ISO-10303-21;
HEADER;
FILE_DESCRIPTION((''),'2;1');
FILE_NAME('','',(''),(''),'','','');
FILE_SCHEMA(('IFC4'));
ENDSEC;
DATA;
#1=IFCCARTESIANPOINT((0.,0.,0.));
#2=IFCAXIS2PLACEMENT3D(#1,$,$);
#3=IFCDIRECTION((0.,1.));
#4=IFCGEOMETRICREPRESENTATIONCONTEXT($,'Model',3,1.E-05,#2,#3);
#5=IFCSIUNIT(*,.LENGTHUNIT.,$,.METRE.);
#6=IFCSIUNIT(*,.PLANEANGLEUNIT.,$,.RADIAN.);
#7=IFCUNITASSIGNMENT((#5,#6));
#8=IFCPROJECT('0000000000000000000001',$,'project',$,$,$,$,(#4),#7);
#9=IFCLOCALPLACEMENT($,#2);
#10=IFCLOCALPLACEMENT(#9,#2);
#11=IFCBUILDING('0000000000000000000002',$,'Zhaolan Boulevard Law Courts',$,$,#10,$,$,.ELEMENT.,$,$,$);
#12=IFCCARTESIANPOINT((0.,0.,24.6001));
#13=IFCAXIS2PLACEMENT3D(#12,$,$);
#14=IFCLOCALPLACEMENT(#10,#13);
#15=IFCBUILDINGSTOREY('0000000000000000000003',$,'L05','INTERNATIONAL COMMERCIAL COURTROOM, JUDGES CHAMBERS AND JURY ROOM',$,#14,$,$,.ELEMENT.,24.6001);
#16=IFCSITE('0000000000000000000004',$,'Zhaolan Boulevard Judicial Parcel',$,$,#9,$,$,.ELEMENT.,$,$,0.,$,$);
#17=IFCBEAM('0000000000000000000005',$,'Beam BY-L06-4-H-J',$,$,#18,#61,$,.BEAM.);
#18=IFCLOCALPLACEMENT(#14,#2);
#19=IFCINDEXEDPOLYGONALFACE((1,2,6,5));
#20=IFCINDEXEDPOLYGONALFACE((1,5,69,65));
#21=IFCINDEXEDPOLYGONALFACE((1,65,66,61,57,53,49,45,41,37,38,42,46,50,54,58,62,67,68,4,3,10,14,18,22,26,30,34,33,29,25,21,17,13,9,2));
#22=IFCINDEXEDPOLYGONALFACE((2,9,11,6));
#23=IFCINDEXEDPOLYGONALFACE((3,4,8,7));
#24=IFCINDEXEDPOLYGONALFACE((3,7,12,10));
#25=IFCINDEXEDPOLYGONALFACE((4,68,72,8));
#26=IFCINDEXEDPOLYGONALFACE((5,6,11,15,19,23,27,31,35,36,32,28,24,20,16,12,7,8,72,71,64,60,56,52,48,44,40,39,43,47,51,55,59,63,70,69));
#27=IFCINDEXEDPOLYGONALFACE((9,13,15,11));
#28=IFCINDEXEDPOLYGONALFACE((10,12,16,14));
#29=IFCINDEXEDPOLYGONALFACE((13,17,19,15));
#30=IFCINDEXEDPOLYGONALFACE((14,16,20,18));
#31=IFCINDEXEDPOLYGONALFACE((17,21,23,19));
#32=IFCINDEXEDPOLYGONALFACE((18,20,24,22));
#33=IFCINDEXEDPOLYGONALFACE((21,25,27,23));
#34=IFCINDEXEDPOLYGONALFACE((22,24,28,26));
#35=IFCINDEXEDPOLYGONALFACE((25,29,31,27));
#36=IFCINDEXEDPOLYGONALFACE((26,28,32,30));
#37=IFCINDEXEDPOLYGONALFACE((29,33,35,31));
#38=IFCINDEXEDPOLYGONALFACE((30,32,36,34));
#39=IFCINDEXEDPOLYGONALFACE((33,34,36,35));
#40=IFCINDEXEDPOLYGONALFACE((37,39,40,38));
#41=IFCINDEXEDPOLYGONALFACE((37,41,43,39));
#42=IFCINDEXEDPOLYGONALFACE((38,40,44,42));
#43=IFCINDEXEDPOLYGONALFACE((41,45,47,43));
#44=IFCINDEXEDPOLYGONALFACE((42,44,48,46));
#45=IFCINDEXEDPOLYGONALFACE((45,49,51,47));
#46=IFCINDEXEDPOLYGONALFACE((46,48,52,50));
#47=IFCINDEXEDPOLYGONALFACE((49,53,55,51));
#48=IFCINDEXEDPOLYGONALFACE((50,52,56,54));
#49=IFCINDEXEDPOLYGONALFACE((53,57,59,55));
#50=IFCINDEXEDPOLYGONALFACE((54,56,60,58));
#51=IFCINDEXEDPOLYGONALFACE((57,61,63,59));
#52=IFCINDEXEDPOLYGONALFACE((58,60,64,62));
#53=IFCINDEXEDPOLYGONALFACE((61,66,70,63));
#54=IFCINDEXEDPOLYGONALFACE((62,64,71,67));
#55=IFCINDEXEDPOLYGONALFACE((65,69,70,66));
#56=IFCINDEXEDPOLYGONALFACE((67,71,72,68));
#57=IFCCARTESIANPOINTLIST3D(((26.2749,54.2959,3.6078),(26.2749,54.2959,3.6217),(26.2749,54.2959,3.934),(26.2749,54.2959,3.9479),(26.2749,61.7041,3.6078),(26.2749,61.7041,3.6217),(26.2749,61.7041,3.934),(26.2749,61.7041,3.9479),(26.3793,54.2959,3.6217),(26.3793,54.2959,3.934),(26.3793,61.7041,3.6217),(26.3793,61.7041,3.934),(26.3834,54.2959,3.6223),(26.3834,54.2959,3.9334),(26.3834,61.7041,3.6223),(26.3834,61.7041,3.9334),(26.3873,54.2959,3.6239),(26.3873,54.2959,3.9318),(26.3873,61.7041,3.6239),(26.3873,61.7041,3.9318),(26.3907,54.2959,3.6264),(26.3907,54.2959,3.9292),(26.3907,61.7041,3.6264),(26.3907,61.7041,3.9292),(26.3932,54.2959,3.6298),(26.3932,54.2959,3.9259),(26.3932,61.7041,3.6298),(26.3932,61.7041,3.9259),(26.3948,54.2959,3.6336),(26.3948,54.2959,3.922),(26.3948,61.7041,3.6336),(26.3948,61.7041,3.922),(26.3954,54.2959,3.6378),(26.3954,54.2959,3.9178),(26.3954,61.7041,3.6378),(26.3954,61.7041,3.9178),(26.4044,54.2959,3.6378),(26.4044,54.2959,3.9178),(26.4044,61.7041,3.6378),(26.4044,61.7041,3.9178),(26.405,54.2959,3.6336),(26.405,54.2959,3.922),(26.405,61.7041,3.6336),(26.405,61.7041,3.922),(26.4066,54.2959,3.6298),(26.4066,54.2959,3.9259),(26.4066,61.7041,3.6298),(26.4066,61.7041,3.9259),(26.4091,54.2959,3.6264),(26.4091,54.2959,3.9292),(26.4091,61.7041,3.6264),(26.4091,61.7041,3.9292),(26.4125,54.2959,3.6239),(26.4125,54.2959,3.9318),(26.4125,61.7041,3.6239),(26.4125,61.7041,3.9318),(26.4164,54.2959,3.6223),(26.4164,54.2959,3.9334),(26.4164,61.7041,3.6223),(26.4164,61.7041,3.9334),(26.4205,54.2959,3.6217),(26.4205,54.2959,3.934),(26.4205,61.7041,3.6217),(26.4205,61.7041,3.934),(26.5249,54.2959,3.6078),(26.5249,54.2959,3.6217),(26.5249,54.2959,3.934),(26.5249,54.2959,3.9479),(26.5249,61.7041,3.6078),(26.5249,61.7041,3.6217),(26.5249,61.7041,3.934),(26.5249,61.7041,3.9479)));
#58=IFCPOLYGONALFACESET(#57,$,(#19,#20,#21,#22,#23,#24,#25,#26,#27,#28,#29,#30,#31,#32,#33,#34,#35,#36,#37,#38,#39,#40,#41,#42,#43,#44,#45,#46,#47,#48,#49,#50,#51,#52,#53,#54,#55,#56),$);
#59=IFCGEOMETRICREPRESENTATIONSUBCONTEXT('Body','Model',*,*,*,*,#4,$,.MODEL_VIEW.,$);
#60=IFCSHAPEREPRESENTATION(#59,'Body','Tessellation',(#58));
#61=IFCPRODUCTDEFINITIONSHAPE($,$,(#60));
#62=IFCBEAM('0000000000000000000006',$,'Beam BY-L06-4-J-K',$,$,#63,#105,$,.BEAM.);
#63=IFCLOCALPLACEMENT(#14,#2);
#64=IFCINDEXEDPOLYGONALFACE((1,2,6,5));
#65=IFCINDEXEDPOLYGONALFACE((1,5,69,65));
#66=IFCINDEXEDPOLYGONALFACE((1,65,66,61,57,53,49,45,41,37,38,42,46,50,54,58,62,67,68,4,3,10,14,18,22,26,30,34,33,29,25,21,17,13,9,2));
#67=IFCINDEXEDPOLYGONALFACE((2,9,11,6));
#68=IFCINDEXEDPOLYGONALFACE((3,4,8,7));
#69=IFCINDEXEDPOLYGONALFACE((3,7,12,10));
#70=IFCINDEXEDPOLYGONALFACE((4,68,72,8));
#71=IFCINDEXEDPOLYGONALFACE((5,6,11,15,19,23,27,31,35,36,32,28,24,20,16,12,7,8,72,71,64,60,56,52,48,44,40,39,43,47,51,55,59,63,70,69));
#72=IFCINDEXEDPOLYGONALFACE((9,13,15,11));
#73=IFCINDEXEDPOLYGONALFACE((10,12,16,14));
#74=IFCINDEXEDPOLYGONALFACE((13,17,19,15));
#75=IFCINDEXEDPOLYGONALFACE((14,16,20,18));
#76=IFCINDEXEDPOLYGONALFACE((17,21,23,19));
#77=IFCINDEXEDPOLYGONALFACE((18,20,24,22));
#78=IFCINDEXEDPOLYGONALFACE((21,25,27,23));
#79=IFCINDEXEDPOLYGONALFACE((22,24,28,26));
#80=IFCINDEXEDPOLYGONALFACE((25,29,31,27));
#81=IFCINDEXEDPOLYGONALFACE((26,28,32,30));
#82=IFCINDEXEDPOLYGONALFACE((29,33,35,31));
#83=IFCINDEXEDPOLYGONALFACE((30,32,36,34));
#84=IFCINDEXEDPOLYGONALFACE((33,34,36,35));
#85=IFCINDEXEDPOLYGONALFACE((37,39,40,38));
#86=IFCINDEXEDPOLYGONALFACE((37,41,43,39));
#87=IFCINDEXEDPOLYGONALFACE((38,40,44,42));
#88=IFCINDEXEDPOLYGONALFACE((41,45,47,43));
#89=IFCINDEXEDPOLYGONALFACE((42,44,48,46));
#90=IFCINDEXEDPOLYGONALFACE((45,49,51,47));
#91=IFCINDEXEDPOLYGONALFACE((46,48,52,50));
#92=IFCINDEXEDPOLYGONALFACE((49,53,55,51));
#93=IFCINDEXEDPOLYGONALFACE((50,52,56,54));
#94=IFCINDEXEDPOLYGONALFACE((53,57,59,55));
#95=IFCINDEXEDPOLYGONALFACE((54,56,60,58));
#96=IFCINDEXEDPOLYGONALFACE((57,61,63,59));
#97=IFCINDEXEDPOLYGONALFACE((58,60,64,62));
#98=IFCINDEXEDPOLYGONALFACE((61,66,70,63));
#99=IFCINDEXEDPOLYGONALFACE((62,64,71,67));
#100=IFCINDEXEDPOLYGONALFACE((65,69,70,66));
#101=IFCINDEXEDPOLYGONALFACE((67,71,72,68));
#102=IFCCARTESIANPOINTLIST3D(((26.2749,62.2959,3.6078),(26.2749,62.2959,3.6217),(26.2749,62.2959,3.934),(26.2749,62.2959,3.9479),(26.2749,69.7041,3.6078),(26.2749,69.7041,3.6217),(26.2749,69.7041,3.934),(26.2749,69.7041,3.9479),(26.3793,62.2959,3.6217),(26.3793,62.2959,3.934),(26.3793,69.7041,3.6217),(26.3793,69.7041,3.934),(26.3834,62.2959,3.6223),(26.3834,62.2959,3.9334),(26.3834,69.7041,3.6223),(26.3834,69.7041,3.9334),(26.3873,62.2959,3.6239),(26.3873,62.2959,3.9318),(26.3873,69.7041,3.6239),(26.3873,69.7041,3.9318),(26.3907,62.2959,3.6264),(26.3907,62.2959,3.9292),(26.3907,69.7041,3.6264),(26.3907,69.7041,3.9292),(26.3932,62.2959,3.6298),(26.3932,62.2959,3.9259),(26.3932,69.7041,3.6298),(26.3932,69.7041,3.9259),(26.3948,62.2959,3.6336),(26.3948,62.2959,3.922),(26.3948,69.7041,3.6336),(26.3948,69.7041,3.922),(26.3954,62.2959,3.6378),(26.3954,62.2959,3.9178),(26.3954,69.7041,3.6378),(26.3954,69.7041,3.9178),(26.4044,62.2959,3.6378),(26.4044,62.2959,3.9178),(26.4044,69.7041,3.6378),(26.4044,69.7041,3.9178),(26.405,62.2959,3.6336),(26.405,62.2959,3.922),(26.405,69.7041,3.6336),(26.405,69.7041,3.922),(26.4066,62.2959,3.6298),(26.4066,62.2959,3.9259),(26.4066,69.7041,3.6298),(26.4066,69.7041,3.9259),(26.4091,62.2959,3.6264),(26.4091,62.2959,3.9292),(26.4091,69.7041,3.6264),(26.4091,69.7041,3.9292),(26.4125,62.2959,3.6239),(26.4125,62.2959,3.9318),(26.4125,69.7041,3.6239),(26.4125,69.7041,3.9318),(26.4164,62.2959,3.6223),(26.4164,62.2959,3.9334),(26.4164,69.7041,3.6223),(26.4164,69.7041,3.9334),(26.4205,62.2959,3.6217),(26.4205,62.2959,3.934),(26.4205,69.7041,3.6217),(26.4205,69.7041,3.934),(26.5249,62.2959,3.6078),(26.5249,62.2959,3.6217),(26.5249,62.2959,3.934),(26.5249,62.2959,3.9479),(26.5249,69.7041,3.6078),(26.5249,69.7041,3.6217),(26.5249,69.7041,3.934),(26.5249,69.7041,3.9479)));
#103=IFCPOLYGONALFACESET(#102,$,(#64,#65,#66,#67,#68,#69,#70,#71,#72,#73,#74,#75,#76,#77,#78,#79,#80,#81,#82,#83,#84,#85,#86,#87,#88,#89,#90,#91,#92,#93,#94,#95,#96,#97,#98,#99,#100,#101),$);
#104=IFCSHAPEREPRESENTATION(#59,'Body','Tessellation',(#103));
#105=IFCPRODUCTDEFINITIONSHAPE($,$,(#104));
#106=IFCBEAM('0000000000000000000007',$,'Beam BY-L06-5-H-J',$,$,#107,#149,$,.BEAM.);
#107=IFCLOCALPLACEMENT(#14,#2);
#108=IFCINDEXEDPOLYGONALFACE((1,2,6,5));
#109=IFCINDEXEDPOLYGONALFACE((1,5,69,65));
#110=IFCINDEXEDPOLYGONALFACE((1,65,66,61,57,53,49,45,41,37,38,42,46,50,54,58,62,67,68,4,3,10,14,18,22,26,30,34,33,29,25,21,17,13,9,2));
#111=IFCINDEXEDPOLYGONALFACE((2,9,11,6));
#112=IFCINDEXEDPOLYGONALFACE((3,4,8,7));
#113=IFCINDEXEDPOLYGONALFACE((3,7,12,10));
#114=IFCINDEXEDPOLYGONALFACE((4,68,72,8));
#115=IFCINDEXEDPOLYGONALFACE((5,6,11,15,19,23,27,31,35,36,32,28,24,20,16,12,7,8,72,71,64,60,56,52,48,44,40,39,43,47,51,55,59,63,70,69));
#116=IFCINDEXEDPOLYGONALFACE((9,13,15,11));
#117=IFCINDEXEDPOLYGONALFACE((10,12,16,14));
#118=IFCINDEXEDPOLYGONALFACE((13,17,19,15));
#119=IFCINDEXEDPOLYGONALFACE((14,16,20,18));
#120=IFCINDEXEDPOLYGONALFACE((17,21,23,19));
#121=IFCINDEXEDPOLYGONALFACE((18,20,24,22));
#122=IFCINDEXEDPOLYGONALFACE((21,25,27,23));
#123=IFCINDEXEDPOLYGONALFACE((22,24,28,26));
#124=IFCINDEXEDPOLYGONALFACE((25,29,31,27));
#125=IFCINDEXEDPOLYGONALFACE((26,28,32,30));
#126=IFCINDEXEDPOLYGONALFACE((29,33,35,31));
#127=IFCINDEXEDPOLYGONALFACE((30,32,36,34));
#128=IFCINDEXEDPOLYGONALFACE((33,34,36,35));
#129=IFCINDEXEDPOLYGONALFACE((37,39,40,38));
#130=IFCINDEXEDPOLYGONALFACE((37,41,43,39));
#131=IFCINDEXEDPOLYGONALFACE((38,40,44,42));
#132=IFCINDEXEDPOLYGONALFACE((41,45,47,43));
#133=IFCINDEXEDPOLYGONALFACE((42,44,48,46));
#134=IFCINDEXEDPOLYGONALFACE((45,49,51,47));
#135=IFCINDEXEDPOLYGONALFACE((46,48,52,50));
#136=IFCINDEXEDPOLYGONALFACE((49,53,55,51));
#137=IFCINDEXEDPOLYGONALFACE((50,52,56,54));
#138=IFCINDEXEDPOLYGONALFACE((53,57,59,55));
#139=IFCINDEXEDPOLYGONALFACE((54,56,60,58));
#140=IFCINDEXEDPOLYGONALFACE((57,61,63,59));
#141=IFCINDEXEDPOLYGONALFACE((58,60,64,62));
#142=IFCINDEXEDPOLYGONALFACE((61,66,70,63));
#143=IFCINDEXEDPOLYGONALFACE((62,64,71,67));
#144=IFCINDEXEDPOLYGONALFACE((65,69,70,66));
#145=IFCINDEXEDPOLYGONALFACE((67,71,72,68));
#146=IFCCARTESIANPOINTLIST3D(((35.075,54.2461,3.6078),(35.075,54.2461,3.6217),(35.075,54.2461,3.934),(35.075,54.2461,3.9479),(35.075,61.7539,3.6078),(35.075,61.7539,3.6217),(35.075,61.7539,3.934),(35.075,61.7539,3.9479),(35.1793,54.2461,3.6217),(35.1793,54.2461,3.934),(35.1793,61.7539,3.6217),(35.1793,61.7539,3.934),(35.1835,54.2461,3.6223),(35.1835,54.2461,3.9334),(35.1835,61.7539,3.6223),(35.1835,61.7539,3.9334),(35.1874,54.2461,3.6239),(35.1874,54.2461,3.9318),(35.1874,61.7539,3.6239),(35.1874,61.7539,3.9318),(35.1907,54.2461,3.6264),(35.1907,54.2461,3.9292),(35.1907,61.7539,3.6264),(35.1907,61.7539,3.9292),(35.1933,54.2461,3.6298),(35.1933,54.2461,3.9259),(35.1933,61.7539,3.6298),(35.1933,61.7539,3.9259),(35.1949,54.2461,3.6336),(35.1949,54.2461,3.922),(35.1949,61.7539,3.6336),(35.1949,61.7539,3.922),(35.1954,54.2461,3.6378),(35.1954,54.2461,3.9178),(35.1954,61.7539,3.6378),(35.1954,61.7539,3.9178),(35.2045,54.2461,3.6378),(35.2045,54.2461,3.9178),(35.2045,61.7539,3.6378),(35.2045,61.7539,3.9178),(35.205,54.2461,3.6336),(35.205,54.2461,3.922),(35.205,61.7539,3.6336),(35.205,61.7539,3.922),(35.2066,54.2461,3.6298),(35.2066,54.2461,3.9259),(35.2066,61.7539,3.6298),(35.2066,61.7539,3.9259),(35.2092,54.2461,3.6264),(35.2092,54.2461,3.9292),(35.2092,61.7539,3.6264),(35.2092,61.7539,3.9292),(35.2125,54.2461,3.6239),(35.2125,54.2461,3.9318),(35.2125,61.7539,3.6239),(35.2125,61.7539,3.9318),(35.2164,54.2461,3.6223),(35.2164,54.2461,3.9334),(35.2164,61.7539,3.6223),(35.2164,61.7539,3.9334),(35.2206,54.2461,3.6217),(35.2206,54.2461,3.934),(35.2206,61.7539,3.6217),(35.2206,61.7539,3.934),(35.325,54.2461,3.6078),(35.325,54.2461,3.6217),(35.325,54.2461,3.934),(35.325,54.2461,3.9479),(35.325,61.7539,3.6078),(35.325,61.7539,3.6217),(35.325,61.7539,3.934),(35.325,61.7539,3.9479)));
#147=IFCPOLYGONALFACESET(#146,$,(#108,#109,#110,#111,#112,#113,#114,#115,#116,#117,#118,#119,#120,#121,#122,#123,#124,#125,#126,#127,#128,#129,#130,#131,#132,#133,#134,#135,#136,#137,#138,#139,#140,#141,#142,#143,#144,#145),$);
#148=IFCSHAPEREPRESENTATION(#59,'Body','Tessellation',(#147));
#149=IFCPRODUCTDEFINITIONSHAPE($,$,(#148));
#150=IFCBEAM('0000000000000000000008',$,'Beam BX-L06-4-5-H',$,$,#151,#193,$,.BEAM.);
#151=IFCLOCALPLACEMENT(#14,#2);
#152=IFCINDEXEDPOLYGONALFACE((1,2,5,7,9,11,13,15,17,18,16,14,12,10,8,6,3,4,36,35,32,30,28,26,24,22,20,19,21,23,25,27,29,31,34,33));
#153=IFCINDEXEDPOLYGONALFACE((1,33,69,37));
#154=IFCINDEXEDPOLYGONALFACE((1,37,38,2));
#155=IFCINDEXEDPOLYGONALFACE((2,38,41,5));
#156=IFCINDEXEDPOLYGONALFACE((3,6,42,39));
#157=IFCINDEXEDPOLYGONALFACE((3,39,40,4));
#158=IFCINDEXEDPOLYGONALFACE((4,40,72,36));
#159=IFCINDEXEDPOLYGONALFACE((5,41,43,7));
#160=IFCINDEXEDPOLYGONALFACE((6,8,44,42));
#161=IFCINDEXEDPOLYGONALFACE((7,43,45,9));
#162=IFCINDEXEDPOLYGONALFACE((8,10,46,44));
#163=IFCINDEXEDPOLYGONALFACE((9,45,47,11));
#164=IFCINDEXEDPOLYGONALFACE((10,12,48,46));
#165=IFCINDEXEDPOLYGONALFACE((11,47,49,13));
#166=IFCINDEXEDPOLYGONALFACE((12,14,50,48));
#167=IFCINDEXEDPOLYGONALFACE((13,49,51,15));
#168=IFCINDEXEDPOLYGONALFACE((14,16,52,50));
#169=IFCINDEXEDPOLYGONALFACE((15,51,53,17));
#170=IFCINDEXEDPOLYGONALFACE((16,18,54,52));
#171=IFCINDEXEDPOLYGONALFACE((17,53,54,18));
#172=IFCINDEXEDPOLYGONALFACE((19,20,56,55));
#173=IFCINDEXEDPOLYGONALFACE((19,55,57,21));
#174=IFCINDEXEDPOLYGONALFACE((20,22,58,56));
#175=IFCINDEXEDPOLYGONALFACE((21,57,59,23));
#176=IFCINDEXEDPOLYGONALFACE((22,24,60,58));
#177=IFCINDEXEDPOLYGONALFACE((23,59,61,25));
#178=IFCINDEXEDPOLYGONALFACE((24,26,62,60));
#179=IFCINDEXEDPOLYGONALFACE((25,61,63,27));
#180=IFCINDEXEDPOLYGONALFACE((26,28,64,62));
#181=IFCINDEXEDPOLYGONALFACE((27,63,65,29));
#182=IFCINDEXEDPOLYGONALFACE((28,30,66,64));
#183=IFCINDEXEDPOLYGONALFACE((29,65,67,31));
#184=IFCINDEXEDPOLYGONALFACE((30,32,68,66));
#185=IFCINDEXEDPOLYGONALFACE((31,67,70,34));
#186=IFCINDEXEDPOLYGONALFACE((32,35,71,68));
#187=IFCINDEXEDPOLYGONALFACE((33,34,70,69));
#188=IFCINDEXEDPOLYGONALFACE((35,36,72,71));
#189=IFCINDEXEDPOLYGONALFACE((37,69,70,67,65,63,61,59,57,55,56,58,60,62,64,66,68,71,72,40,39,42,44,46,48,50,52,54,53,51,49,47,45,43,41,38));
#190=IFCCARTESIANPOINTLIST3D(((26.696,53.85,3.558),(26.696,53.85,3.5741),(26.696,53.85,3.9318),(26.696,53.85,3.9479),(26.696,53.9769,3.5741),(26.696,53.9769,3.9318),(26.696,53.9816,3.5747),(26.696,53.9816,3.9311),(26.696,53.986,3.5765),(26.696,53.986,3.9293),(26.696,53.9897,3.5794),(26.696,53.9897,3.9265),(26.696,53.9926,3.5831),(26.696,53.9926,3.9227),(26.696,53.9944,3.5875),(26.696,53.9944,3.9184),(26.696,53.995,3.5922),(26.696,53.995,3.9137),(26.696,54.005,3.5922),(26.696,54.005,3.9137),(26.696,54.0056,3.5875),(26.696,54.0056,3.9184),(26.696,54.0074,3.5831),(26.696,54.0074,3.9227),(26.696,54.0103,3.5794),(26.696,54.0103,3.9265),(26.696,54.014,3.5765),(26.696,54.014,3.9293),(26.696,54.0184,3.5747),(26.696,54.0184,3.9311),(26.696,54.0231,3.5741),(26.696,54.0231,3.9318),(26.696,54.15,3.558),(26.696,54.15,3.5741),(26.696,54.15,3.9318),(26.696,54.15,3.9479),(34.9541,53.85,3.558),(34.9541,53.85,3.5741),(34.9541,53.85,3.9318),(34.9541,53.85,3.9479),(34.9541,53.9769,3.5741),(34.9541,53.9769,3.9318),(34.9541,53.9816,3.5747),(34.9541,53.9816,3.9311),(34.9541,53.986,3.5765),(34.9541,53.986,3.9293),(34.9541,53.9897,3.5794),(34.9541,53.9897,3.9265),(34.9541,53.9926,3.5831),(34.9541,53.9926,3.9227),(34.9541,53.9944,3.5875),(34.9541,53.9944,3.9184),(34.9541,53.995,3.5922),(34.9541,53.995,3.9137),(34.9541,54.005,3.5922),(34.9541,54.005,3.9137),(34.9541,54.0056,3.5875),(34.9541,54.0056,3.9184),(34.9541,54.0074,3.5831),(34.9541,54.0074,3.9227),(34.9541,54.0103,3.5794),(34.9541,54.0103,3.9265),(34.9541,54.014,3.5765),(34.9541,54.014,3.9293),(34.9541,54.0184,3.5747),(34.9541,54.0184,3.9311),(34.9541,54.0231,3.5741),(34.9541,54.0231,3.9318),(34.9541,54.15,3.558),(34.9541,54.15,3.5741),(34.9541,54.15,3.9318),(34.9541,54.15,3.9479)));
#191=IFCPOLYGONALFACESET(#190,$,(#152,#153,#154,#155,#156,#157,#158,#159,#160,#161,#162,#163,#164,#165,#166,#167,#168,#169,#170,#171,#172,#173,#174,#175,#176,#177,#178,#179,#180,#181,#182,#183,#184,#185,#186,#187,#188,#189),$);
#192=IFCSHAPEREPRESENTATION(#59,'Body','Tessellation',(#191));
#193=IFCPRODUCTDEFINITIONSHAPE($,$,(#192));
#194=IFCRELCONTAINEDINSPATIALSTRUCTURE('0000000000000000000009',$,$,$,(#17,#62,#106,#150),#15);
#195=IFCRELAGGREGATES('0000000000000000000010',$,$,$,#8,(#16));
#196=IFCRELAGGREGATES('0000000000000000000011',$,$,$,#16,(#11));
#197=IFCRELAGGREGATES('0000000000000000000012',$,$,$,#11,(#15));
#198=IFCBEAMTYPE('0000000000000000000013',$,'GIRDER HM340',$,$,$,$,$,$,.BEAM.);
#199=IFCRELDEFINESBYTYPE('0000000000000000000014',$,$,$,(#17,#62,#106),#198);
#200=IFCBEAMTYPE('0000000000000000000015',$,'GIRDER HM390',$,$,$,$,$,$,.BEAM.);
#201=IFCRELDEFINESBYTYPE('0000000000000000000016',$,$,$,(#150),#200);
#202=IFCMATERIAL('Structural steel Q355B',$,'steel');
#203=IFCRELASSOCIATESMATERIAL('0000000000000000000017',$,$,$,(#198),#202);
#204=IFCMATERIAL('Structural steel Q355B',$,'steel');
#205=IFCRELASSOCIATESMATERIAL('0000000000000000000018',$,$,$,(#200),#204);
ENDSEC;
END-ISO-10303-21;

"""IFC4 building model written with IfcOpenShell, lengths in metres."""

from ifc_helpers import new_model, si_unit, direction, frame, origin, origin_2d, place, context, subcontext, project, spatial, i_section, extrude, material, material_profile, profile_set, type_object, element, save


model = new_model("IFC4")

# Units and contexts
model_context = context("Model", 3, precision=1e-05, world=origin(), true_north=direction((0.0, 1.0)))
body_context = subcontext(model_context, "Body", "Model", "MODEL_VIEW")
ifc_project = project(units=[si_unit("LENGTHUNIT", "METRE"), si_unit("PLANEANGLEUNIT", "RADIAN")], contexts=[model_context])

# Site, building, storey
site_placement = place(None, origin())
site = spatial("IfcSite", under=ifc_project, at=site_placement, Name="Zhaolan Boulevard Judicial Parcel", CompositionType="ELEMENT", RefElevation=0.0)
building_placement = place(site_placement, origin())
building = spatial("IfcBuilding", under=site, at=building_placement, Name="Zhaolan Boulevard Law Courts", CompositionType="ELEMENT")
storey_placement = place(building_placement, frame((0.0, 0.0, 24.6001)))
storey = spatial("IfcBuildingStorey", under=building, at=storey_placement, Name="L05", Description="INTERNATIONAL COMMERCIAL COURTROOM, JUDGES CHAMBERS AND JURY ROOM", CompositionType="ELEMENT", Elevation=24.6001)

# Beams
ifc_material_1 = material(Name="Structural steel Q355B", Category="steel")
ifc_material_profile_1 = material_profile(ifc_material_1, i_section(OverallWidth=0.25, OverallDepth=0.3401, WebThickness=0.009, FlangeThickness=0.0139, FilletRadius=0.0161, at=origin_2d()), Name="HM340x250")
ifc_profile_set_1 = profile_set([ifc_material_profile_1], Name="Structural steel Q355B")
beam_type_1 = type_object("IfcBeamType", Name="GIRDER HM340", PredefinedType="BEAM", material=ifc_profile_set_1)
for number, where, z_axis, x_axis, name in (
    (1, (26.3999, 54.2959, 3.7778), (0.0, 1.0, 0.0), (-1.0, 0.0, 0.0), "Beam BY-L06-4-H-J"),
    (2, (26.3999, 62.2959, 3.7778), (0.0, 1.0, 0.0), (-1.0, 0.0, 0.0), "Beam BY-L06-4-J-K"),
):
    element("IfcBeam", number, at=place(storey_placement, frame(where, z_axis=z_axis, x_axis=x_axis)), inside=storey, type_object=beam_type_1, Name=name, PredefinedType="BEAM", context=body_context, shape_type="SweptSolid", body=[
        extrude(i_section(OverallWidth=0.25, OverallDepth=0.3401, WebThickness=0.009, FlangeThickness=0.0139, FilletRadius=0.0161, at=origin_2d()), origin(), (0.0, 0.0, 1.0), 7.4082),
    ])
beam_1_placement = place(storey_placement, frame((35.2, 54.2461, 3.7778), z_axis=(0.0, 1.0, 0.0), x_axis=(-1.0, 0.0, 0.0)))
element("IfcBeam", 3, at=beam_1_placement, inside=storey, type_object=beam_type_1, Name="Beam BY-L06-5-H-J", PredefinedType="BEAM", context=body_context, shape_type="SweptSolid", body=[
    extrude(i_section(OverallWidth=0.25, OverallDepth=0.3401, WebThickness=0.009, FlangeThickness=0.0139, FilletRadius=0.0161, at=origin_2d()), origin(), (0.0, 0.0, 1.0), 7.5078),
])
ifc_material_2 = material(Name="Structural steel Q355B", Category="steel")
ifc_material_profile_2 = material_profile(ifc_material_2, i_section(OverallWidth=0.3, OverallDepth=0.3899, WebThickness=0.01, FlangeThickness=0.0161, FilletRadius=0.0181, at=origin_2d()), Name="HM390x300")
ifc_profile_set_2 = profile_set([ifc_material_profile_2], Name="Structural steel Q355B")
beam_type_2 = type_object("IfcBeamType", Name="GIRDER HM390", PredefinedType="BEAM", material=ifc_profile_set_2)
beam_2_placement = place(storey_placement, frame((26.696, 54.0, 3.7529), z_axis=(1.0, 0.0, 0.0), x_axis=(0.0, 1.0, 0.0)))
element("IfcBeam", 4, at=beam_2_placement, inside=storey, type_object=beam_type_2, Name="Beam BX-L06-4-5-H", PredefinedType="BEAM", context=body_context, shape_type="SweptSolid", body=[
    extrude(i_section(OverallWidth=0.3, OverallDepth=0.3899, WebThickness=0.01, FlangeThickness=0.0161, FilletRadius=0.0181, at=origin_2d()), origin(), (0.0, 0.0, 1.0), 8.2581),
])

save(model, "model.ifc")
